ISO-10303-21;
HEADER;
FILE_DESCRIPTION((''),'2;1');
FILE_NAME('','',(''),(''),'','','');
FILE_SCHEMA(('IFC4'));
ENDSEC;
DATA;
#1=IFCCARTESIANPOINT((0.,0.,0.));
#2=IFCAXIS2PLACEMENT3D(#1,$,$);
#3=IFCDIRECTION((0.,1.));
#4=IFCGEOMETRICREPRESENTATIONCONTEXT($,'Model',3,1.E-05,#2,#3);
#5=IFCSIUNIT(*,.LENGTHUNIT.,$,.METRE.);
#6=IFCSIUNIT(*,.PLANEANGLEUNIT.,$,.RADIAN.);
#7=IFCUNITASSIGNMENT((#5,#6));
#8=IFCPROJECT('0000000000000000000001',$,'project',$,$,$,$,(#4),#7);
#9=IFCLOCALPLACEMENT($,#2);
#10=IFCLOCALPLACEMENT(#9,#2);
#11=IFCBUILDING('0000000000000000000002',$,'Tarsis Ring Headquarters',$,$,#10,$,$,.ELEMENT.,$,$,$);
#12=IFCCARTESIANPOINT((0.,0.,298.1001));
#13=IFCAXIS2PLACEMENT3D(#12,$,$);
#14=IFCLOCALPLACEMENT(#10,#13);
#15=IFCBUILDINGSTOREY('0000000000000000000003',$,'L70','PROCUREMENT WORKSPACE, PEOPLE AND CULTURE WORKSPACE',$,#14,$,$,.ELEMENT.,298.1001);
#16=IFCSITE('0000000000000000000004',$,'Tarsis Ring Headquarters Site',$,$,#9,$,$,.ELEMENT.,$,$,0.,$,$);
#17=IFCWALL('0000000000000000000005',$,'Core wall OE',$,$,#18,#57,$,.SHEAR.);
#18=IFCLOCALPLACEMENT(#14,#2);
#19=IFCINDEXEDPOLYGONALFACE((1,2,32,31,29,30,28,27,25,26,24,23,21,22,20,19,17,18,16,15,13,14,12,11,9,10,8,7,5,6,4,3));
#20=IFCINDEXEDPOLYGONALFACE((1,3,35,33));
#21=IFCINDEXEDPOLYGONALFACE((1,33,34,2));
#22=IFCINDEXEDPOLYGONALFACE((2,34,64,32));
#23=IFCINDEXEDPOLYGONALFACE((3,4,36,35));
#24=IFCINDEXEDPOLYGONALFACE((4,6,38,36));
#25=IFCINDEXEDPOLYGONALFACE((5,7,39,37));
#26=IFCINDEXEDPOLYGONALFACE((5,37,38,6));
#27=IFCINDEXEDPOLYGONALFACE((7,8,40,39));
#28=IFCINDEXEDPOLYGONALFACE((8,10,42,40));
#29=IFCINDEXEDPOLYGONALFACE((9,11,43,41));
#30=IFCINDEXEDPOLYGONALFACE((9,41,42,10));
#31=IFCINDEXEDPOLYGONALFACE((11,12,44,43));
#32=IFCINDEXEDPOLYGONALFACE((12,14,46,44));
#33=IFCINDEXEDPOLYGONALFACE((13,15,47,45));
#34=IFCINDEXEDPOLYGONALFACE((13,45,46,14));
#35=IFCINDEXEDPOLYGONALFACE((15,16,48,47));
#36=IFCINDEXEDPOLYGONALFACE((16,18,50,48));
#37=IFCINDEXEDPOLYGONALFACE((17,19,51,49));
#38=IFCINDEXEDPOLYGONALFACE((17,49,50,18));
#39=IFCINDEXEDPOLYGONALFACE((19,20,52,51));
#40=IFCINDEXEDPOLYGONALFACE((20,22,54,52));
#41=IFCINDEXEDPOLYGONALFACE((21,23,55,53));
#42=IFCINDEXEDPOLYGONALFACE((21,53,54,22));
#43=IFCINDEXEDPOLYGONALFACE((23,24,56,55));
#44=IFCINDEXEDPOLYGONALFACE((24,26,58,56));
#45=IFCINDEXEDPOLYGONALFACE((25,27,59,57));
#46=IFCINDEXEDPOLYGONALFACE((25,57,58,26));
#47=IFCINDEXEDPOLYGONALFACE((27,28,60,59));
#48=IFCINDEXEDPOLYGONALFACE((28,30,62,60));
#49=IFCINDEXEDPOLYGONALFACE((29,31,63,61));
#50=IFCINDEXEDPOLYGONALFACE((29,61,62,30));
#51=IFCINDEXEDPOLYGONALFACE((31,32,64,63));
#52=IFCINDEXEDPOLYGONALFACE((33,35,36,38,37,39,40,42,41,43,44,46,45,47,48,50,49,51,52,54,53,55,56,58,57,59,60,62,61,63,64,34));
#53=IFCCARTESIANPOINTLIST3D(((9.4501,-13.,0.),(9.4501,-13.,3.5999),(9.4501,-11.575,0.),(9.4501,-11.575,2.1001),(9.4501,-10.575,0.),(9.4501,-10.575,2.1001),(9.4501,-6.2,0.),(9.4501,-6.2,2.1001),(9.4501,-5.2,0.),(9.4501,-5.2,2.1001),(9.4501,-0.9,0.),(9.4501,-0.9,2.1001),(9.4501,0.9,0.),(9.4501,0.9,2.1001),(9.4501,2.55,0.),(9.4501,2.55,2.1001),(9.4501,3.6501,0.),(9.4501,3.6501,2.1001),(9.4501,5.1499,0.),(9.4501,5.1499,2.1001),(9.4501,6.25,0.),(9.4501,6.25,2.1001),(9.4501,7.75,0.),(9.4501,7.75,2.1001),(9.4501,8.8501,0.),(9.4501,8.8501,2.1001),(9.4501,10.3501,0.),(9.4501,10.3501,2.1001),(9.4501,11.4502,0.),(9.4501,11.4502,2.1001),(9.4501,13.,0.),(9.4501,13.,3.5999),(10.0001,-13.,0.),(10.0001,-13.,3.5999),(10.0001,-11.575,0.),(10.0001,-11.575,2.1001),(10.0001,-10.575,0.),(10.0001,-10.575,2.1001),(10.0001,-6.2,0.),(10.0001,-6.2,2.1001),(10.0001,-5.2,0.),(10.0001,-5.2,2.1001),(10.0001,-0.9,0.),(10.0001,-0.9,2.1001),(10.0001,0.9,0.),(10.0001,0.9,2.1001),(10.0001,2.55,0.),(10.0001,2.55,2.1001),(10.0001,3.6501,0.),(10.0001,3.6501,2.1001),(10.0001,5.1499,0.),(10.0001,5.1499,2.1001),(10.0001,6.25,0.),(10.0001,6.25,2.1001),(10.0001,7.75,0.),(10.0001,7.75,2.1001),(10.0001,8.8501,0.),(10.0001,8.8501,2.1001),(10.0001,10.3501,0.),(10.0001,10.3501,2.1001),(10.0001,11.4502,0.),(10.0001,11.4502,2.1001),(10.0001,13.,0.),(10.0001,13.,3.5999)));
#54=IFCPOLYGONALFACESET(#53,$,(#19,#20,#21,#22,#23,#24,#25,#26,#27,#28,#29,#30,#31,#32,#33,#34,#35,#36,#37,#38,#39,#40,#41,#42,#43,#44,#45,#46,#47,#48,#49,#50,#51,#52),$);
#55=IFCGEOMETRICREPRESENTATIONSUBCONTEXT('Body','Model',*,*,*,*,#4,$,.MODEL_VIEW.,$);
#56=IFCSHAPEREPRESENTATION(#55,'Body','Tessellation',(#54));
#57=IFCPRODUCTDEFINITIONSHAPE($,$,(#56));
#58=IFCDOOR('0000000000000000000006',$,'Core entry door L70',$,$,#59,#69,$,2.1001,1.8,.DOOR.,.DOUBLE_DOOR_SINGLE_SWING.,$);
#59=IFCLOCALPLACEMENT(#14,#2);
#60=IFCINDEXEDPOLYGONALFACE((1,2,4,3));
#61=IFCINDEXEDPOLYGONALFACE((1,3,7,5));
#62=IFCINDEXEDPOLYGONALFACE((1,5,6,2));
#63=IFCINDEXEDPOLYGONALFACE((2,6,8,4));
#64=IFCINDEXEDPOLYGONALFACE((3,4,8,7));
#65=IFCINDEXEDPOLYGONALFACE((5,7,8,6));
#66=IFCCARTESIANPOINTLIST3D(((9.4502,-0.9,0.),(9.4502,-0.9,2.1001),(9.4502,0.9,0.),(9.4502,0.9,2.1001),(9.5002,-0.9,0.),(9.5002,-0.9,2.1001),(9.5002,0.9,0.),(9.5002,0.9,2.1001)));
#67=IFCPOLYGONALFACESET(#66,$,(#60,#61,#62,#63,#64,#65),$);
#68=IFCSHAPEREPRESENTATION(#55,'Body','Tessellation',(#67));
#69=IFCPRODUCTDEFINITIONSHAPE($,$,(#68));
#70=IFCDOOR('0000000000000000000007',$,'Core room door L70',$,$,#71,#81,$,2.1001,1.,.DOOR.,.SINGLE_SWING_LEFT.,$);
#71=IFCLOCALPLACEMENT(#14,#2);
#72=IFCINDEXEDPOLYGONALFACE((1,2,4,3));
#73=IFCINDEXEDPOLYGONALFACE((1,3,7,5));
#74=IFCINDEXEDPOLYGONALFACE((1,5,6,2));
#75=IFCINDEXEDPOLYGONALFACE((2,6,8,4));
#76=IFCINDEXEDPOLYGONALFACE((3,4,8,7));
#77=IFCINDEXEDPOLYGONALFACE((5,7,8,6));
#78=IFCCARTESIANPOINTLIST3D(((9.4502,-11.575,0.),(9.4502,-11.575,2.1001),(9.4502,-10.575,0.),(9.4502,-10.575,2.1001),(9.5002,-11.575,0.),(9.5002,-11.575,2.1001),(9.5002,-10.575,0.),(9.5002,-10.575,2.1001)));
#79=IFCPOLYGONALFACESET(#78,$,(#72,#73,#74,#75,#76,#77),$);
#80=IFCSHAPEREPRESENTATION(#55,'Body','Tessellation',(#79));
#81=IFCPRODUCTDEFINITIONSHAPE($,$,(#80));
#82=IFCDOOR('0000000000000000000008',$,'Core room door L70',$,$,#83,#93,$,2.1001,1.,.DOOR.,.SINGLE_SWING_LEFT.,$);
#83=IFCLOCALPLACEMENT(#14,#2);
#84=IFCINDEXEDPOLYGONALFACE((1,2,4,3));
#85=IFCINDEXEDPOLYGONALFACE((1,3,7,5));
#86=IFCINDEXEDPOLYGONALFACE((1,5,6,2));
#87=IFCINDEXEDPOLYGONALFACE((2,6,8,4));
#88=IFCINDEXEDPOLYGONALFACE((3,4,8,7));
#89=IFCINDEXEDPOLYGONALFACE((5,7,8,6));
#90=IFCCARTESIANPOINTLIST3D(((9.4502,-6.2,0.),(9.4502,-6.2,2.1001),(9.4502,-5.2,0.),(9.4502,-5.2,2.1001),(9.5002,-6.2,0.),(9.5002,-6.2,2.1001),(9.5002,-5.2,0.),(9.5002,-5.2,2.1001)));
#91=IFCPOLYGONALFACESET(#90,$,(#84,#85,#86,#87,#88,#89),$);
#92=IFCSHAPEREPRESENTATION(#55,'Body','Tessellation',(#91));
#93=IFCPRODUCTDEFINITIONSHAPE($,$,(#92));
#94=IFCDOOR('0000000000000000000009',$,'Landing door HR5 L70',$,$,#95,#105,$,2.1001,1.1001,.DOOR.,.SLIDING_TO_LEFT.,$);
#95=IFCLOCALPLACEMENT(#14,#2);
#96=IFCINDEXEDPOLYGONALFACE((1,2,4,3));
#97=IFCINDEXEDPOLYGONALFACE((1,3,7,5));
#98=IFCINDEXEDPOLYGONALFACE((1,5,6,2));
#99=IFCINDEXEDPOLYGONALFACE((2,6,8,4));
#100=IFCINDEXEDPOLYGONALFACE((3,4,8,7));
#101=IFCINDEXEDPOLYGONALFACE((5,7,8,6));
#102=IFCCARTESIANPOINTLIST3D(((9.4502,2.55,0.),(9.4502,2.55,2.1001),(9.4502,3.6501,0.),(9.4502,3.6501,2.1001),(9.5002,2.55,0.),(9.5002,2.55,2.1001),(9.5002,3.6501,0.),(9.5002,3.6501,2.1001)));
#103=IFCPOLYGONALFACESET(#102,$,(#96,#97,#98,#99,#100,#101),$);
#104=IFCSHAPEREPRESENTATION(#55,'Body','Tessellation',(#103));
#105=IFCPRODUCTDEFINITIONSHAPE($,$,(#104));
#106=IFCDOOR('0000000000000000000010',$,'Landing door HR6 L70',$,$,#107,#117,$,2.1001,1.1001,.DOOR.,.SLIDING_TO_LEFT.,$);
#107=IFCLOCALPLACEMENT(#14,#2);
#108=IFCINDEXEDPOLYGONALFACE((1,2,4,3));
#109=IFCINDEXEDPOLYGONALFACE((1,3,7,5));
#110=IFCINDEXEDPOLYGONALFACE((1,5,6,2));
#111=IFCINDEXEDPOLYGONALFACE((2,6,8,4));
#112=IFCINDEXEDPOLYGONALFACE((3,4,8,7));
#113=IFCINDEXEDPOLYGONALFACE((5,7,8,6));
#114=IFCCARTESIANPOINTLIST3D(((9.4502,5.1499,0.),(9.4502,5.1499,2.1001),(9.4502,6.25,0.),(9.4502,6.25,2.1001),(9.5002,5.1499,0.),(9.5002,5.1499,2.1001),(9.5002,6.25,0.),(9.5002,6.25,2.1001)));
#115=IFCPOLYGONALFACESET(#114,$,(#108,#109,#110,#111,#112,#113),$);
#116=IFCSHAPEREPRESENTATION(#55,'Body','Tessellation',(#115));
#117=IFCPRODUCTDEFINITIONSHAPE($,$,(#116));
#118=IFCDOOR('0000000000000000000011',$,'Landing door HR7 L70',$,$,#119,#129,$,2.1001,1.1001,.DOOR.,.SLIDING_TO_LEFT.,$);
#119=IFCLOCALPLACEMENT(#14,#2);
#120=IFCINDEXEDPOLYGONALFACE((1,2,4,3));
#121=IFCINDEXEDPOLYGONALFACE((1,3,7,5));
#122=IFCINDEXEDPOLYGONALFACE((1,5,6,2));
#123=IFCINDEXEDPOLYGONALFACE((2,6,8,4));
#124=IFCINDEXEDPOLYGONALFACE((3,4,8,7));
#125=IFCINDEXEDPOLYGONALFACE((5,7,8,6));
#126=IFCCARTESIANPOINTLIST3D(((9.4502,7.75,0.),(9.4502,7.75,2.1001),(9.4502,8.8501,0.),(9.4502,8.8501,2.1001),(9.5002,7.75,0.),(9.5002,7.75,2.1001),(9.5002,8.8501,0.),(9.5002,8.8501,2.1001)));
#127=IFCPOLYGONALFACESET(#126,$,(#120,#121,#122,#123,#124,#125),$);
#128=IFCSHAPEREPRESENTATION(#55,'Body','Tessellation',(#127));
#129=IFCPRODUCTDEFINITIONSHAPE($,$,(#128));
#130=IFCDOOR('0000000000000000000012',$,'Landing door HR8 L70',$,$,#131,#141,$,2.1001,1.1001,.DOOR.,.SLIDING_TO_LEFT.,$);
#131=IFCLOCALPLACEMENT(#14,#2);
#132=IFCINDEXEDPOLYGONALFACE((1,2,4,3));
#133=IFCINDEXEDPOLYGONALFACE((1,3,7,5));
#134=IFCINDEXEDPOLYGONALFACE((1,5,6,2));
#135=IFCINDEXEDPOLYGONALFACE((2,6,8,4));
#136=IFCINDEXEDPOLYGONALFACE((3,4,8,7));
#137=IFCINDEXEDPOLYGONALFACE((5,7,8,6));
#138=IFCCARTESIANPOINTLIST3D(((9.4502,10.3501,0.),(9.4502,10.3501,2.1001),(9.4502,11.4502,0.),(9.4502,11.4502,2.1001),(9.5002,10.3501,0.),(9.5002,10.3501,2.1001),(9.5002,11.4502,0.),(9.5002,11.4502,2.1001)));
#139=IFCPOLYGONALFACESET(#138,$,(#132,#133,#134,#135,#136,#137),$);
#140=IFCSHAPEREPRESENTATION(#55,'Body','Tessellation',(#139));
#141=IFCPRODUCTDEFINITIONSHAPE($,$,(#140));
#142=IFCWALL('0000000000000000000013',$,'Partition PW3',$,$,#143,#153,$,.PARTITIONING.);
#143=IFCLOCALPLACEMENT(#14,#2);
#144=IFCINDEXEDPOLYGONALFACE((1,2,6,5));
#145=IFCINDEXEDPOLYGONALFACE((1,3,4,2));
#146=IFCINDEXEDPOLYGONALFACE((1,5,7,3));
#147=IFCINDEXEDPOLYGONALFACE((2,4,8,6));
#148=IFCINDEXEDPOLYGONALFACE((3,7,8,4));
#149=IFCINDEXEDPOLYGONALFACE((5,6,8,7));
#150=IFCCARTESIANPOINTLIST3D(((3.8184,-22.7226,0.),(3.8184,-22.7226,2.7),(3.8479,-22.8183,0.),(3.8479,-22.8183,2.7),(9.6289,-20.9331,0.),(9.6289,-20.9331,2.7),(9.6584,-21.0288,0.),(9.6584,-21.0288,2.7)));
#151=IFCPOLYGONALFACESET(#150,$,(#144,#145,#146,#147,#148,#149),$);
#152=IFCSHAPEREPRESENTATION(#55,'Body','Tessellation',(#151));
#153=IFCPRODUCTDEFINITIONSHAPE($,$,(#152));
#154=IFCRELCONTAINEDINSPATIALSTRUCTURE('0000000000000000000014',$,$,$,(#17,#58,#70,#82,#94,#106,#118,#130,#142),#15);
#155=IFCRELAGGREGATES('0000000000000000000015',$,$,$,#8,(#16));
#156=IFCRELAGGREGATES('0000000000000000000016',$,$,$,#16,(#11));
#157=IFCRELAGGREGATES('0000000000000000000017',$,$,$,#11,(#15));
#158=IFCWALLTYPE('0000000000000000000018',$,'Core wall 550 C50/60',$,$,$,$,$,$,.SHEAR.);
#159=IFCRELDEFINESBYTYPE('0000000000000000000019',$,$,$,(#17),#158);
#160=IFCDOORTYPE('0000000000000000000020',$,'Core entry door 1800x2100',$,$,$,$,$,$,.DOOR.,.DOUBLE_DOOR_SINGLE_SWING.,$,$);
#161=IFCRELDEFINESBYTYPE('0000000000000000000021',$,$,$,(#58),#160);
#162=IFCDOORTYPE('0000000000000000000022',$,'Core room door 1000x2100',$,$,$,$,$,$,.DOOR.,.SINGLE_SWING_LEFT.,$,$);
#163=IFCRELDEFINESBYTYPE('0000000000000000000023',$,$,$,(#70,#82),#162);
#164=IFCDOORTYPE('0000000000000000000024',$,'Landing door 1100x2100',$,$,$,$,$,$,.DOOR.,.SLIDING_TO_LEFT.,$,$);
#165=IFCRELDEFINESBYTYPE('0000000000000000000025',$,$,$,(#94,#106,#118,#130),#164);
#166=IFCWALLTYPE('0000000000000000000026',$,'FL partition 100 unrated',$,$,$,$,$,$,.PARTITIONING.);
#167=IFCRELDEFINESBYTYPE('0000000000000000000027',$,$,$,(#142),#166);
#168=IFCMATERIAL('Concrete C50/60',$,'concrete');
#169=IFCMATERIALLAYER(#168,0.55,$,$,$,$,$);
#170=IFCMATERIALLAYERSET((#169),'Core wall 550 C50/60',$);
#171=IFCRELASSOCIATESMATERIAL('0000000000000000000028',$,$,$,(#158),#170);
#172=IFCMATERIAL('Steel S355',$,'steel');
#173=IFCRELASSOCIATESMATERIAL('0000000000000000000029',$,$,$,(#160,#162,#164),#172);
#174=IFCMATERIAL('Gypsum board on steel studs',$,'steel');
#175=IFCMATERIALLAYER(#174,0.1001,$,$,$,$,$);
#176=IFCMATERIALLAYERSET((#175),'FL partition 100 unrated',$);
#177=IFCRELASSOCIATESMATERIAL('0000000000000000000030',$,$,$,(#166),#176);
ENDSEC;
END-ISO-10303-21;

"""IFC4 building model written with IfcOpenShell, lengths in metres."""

from ifc_helpers import new_model, si_unit, direction, frame, frame_2d, origin, place, context, subcontext, project, spatial, rectangle, extrude, material, layer, layer_set, type_object, element, fill, save


model = new_model("IFC4")

# Units and contexts
model_context = context("Model", 3, precision=1e-05, world=origin(), true_north=direction((0.0, 1.0)))
body_context = subcontext(model_context, "Body", "Model", "MODEL_VIEW")
ifc_project = project(units=[si_unit("LENGTHUNIT", "METRE"), si_unit("PLANEANGLEUNIT", "RADIAN")], contexts=[model_context])

# Site, building, storey
site_placement = place(None, origin())
site = spatial("IfcSite", under=ifc_project, at=site_placement, Name="Tarsis Ring Headquarters Site", CompositionType="ELEMENT", RefElevation=0.0)
building_placement = place(site_placement, origin())
building = spatial("IfcBuilding", under=site, at=building_placement, Name="Tarsis Ring Headquarters", CompositionType="ELEMENT")
storey_placement = place(building_placement, frame((0.0, 0.0, 298.1001)))
storey = spatial("IfcBuildingStorey", under=building, at=storey_placement, Name="L70", Description="PROCUREMENT WORKSPACE, PEOPLE AND CULTURE WORKSPACE", CompositionType="ELEMENT", Elevation=298.1001)

# Wall, openings, doors
ifc_material_1 = material(Name="Concrete C50/60", Category="concrete")
ifc_layer_1 = layer(ifc_material_1, 0.55)
ifc_layer_set_1 = layer_set([ifc_layer_1], Name="Core wall 550 C50/60")
wall_type_1 = type_object("IfcWallType", Name="Core wall 550 C50/60", PredefinedType="SHEAR", material=ifc_layer_set_1)
wall_1_placement = place(storey_placement, frame((9.7251, -13.0, 0.0), z_axis=(0.0, 0.0, 1.0), x_axis=(0.0, 1.0, 0.0)))
wall_1 = element("IfcWall", 1, at=wall_1_placement, inside=storey, type_object=wall_type_1, Name="Core wall OE", PredefinedType="SHEAR", context=body_context, shape_type="SweptSolid", body=[
    extrude(rectangle(XDim=26.0, YDim=0.55, at=frame_2d((13.0, 0.0))), origin(), (0.0, 0.0, 1.0), 3.5999),
])
opening_1_placement = place(wall_1_placement, frame((1.425, 0.0, 0.0)))
opening_1 = element("IfcOpeningElement", 2, at=opening_1_placement, cuts=wall_1, PredefinedType="OPENING", context=body_context, shape_type="SweptSolid", body=[
    extrude(rectangle(XDim=1.0, YDim=2.1001, at=frame_2d((0.5, 1.05))), frame((0.0, 0.2849, 0.0), z_axis=(0.0, -1.0, 0.0), x_axis=(1.0, 0.0, 0.0)), (0.0, 0.0, 1.0), 0.5701),
])
opening_2_placement = place(wall_1_placement, frame((6.8, 0.0, 0.0)))
opening_2 = element("IfcOpeningElement", 3, at=opening_2_placement, cuts=wall_1, PredefinedType="OPENING", context=body_context, shape_type="SweptSolid", body=[
    extrude(rectangle(XDim=1.0, YDim=2.1001, at=frame_2d((0.5, 1.05))), frame((0.0, 0.2849, 0.0), z_axis=(0.0, -1.0, 0.0), x_axis=(1.0, 0.0, 0.0)), (0.0, 0.0, 1.0), 0.5701),
])
opening_3_placement = place(wall_1_placement, frame((12.1001, 0.0, 0.0)))
opening_3 = element("IfcOpeningElement", 4, at=opening_3_placement, cuts=wall_1, PredefinedType="OPENING", context=body_context, shape_type="SweptSolid", body=[
    extrude(rectangle(XDim=1.8, YDim=2.1001, at=frame_2d((0.8999, 1.05))), frame((0.0, 0.2849, 0.0), z_axis=(0.0, -1.0, 0.0), x_axis=(1.0, 0.0, 0.0)), (0.0, 0.0, 1.0), 0.5701),
])
opening_4_placement = place(wall_1_placement, frame((15.55, 0.0, 0.0)))
opening_4 = element("IfcOpeningElement", 5, at=opening_4_placement, cuts=wall_1, PredefinedType="OPENING", context=body_context, shape_type="SweptSolid", body=[
    extrude(rectangle(XDim=1.1001, YDim=2.1001, at=frame_2d((0.55, 1.05))), frame((0.0, 0.2849, 0.0), z_axis=(0.0, -1.0, 0.0), x_axis=(1.0, 0.0, 0.0)), (0.0, 0.0, 1.0), 0.5701),
])
opening_5_placement = place(wall_1_placement, frame((18.1499, 0.0, 0.0)))
opening_5 = element("IfcOpeningElement", 6, at=opening_5_placement, cuts=wall_1, PredefinedType="OPENING", context=body_context, shape_type="SweptSolid", body=[
    extrude(rectangle(XDim=1.1001, YDim=2.1001, at=frame_2d((0.55, 1.05))), frame((0.0, 0.2849, 0.0), z_axis=(0.0, -1.0, 0.0), x_axis=(1.0, 0.0, 0.0)), (0.0, 0.0, 1.0), 0.5701),
])
opening_6_placement = place(wall_1_placement, frame((20.75, 0.0, 0.0)))
opening_6 = element("IfcOpeningElement", 7, at=opening_6_placement, cuts=wall_1, PredefinedType="OPENING", context=body_context, shape_type="SweptSolid", body=[
    extrude(rectangle(XDim=1.1001, YDim=2.1001, at=frame_2d((0.55, 1.05))), frame((0.0, 0.2849, 0.0), z_axis=(0.0, -1.0, 0.0), x_axis=(1.0, 0.0, 0.0)), (0.0, 0.0, 1.0), 0.5701),
])
opening_7_placement = place(wall_1_placement, frame((23.3501, 0.0, 0.0)))
opening_7 = element("IfcOpeningElement", 8, at=opening_7_placement, cuts=wall_1, PredefinedType="OPENING", context=body_context, shape_type="SweptSolid", body=[
    extrude(rectangle(XDim=1.1001, YDim=2.1001, at=frame_2d((0.55, 1.05))), frame((0.0, 0.2849, 0.0), z_axis=(0.0, -1.0, 0.0), x_axis=(1.0, 0.0, 0.0)), (0.0, 0.0, 1.0), 0.5701),
])
ifc_material_2 = material(Name="Steel S355", Category="steel")
door_type_1 = type_object("IfcDoorType", Name="Core entry door 1800x2100", OperationType="DOUBLE_DOOR_SINGLE_SWING", PredefinedType="DOOR", material=ifc_material_2)
door_1_placement = place(opening_3_placement, origin())
door_1 = element("IfcDoor", 9, at=door_1_placement, inside=storey, type_object=door_type_1, Name="Core entry door L70", OperationType="DOUBLE_DOOR_SINGLE_SWING", OverallHeight=2.1001, OverallWidth=1.8, PredefinedType="DOOR", context=body_context, shape_type="SweptSolid", body=[
    extrude(rectangle(XDim=1.8, YDim=2.1001, at=frame_2d((0.8999, 1.05))), frame((0.0, 0.2749, 0.0), z_axis=(0.0, -1.0, 0.0), x_axis=(1.0, 0.0, 0.0)), (0.0, 0.0, 1.0), 0.05),
])
fill(opening_3, door_1)
door_type_2 = type_object("IfcDoorType", Name="Core room door 1000x2100", OperationType="SINGLE_SWING_LEFT", PredefinedType="DOOR", material=ifc_material_2)
door_2_placement = place(opening_1_placement, origin())
door_2 = element("IfcDoor", 10, at=door_2_placement, inside=storey, type_object=door_type_2, Name="Core room door L70", OperationType="SINGLE_SWING_LEFT", OverallHeight=2.1001, OverallWidth=1.0, PredefinedType="DOOR", context=body_context, shape_type="SweptSolid", body=[
    extrude(rectangle(XDim=1.0, YDim=2.1001, at=frame_2d((0.5, 1.05))), frame((0.0, 0.2749, 0.0), z_axis=(0.0, -1.0, 0.0), x_axis=(1.0, 0.0, 0.0)), (0.0, 0.0, 1.0), 0.05),
])
fill(opening_1, door_2)
door_3_placement = place(opening_2_placement, origin())
door_3 = element("IfcDoor", 11, at=door_3_placement, inside=storey, type_object=door_type_2, Name="Core room door L70", OperationType="SINGLE_SWING_LEFT", OverallHeight=2.1001, OverallWidth=1.0, PredefinedType="DOOR", context=body_context, shape_type="SweptSolid", body=[
    extrude(rectangle(XDim=1.0, YDim=2.1001, at=frame_2d((0.5, 1.05))), frame((0.0, 0.2749, 0.0), z_axis=(0.0, -1.0, 0.0), x_axis=(1.0, 0.0, 0.0)), (0.0, 0.0, 1.0), 0.05),
])
fill(opening_2, door_3)
door_type_3 = type_object("IfcDoorType", Name="Landing door 1100x2100", OperationType="SLIDING_TO_LEFT", PredefinedType="DOOR", material=ifc_material_2)
door_4_placement = place(opening_4_placement, origin())
door_4 = element("IfcDoor", 12, at=door_4_placement, inside=storey, type_object=door_type_3, Name="Landing door HR5 L70", OperationType="SLIDING_TO_LEFT", OverallHeight=2.1001, OverallWidth=1.1001, PredefinedType="DOOR", context=body_context, shape_type="SweptSolid", body=[
    extrude(rectangle(XDim=1.1001, YDim=2.1001, at=frame_2d((0.55, 1.05))), frame((0.0, 0.2749, 0.0), z_axis=(0.0, -1.0, 0.0), x_axis=(1.0, 0.0, 0.0)), (0.0, 0.0, 1.0), 0.05),
])
fill(opening_4, door_4)
door_5_placement = place(opening_5_placement, origin())
door_5 = element("IfcDoor", 13, at=door_5_placement, inside=storey, type_object=door_type_3, Name="Landing door HR6 L70", OperationType="SLIDING_TO_LEFT", OverallHeight=2.1001, OverallWidth=1.1001, PredefinedType="DOOR", context=body_context, shape_type="SweptSolid", body=[
    extrude(rectangle(XDim=1.1001, YDim=2.1001, at=frame_2d((0.55, 1.05))), frame((0.0, 0.2749, 0.0), z_axis=(0.0, -1.0, 0.0), x_axis=(1.0, 0.0, 0.0)), (0.0, 0.0, 1.0), 0.05),
])
fill(opening_5, door_5)
door_6_placement = place(opening_6_placement, origin())
door_6 = element("IfcDoor", 14, at=door_6_placement, inside=storey, type_object=door_type_3, Name="Landing door HR7 L70", OperationType="SLIDING_TO_LEFT", OverallHeight=2.1001, OverallWidth=1.1001, PredefinedType="DOOR", context=body_context, shape_type="SweptSolid", body=[
    extrude(rectangle(XDim=1.1001, YDim=2.1001, at=frame_2d((0.55, 1.05))), frame((0.0, 0.2749, 0.0), z_axis=(0.0, -1.0, 0.0), x_axis=(1.0, 0.0, 0.0)), (0.0, 0.0, 1.0), 0.05),
])
fill(opening_6, door_6)
door_7_placement = place(opening_7_placement, origin())
door_7 = element("IfcDoor", 15, at=door_7_placement, inside=storey, type_object=door_type_3, Name="Landing door HR8 L70", OperationType="SLIDING_TO_LEFT", OverallHeight=2.1001, OverallWidth=1.1001, PredefinedType="DOOR", context=body_context, shape_type="SweptSolid", body=[
    extrude(rectangle(XDim=1.1001, YDim=2.1001, at=frame_2d((0.55, 1.05))), frame((0.0, 0.2749, 0.0), z_axis=(0.0, -1.0, 0.0), x_axis=(1.0, 0.0, 0.0)), (0.0, 0.0, 1.0), 0.05),
])
fill(opening_7, door_7)

# Wall
ifc_material_3 = material(Name="Gypsum board on steel studs", Category="steel")
ifc_layer_2 = layer(ifc_material_3, 0.1001)
ifc_layer_set_2 = layer_set([ifc_layer_2], Name="FL partition 100 unrated")
wall_type_2 = type_object("IfcWallType", Name="FL partition 100 unrated", PredefinedType="PARTITIONING", material=ifc_layer_set_2)
wall_2_placement = place(storey_placement, frame((3.833, -22.7705, 0.0), z_axis=(0.0, 0.0, 1.0), x_axis=(0.955701, 0.29434, 0.0)))
element("IfcWall", 16, at=wall_2_placement, inside=storey, type_object=wall_type_2, Name="Partition PW3", PredefinedType="PARTITIONING", context=body_context, shape_type="SweptSolid", body=[
    extrude(rectangle(XDim=6.0798, YDim=0.1001, at=frame_2d((3.04, 0.0))), origin(), (0.0, 0.0, 1.0), 2.7),
])

save(model, "model.ifc")
